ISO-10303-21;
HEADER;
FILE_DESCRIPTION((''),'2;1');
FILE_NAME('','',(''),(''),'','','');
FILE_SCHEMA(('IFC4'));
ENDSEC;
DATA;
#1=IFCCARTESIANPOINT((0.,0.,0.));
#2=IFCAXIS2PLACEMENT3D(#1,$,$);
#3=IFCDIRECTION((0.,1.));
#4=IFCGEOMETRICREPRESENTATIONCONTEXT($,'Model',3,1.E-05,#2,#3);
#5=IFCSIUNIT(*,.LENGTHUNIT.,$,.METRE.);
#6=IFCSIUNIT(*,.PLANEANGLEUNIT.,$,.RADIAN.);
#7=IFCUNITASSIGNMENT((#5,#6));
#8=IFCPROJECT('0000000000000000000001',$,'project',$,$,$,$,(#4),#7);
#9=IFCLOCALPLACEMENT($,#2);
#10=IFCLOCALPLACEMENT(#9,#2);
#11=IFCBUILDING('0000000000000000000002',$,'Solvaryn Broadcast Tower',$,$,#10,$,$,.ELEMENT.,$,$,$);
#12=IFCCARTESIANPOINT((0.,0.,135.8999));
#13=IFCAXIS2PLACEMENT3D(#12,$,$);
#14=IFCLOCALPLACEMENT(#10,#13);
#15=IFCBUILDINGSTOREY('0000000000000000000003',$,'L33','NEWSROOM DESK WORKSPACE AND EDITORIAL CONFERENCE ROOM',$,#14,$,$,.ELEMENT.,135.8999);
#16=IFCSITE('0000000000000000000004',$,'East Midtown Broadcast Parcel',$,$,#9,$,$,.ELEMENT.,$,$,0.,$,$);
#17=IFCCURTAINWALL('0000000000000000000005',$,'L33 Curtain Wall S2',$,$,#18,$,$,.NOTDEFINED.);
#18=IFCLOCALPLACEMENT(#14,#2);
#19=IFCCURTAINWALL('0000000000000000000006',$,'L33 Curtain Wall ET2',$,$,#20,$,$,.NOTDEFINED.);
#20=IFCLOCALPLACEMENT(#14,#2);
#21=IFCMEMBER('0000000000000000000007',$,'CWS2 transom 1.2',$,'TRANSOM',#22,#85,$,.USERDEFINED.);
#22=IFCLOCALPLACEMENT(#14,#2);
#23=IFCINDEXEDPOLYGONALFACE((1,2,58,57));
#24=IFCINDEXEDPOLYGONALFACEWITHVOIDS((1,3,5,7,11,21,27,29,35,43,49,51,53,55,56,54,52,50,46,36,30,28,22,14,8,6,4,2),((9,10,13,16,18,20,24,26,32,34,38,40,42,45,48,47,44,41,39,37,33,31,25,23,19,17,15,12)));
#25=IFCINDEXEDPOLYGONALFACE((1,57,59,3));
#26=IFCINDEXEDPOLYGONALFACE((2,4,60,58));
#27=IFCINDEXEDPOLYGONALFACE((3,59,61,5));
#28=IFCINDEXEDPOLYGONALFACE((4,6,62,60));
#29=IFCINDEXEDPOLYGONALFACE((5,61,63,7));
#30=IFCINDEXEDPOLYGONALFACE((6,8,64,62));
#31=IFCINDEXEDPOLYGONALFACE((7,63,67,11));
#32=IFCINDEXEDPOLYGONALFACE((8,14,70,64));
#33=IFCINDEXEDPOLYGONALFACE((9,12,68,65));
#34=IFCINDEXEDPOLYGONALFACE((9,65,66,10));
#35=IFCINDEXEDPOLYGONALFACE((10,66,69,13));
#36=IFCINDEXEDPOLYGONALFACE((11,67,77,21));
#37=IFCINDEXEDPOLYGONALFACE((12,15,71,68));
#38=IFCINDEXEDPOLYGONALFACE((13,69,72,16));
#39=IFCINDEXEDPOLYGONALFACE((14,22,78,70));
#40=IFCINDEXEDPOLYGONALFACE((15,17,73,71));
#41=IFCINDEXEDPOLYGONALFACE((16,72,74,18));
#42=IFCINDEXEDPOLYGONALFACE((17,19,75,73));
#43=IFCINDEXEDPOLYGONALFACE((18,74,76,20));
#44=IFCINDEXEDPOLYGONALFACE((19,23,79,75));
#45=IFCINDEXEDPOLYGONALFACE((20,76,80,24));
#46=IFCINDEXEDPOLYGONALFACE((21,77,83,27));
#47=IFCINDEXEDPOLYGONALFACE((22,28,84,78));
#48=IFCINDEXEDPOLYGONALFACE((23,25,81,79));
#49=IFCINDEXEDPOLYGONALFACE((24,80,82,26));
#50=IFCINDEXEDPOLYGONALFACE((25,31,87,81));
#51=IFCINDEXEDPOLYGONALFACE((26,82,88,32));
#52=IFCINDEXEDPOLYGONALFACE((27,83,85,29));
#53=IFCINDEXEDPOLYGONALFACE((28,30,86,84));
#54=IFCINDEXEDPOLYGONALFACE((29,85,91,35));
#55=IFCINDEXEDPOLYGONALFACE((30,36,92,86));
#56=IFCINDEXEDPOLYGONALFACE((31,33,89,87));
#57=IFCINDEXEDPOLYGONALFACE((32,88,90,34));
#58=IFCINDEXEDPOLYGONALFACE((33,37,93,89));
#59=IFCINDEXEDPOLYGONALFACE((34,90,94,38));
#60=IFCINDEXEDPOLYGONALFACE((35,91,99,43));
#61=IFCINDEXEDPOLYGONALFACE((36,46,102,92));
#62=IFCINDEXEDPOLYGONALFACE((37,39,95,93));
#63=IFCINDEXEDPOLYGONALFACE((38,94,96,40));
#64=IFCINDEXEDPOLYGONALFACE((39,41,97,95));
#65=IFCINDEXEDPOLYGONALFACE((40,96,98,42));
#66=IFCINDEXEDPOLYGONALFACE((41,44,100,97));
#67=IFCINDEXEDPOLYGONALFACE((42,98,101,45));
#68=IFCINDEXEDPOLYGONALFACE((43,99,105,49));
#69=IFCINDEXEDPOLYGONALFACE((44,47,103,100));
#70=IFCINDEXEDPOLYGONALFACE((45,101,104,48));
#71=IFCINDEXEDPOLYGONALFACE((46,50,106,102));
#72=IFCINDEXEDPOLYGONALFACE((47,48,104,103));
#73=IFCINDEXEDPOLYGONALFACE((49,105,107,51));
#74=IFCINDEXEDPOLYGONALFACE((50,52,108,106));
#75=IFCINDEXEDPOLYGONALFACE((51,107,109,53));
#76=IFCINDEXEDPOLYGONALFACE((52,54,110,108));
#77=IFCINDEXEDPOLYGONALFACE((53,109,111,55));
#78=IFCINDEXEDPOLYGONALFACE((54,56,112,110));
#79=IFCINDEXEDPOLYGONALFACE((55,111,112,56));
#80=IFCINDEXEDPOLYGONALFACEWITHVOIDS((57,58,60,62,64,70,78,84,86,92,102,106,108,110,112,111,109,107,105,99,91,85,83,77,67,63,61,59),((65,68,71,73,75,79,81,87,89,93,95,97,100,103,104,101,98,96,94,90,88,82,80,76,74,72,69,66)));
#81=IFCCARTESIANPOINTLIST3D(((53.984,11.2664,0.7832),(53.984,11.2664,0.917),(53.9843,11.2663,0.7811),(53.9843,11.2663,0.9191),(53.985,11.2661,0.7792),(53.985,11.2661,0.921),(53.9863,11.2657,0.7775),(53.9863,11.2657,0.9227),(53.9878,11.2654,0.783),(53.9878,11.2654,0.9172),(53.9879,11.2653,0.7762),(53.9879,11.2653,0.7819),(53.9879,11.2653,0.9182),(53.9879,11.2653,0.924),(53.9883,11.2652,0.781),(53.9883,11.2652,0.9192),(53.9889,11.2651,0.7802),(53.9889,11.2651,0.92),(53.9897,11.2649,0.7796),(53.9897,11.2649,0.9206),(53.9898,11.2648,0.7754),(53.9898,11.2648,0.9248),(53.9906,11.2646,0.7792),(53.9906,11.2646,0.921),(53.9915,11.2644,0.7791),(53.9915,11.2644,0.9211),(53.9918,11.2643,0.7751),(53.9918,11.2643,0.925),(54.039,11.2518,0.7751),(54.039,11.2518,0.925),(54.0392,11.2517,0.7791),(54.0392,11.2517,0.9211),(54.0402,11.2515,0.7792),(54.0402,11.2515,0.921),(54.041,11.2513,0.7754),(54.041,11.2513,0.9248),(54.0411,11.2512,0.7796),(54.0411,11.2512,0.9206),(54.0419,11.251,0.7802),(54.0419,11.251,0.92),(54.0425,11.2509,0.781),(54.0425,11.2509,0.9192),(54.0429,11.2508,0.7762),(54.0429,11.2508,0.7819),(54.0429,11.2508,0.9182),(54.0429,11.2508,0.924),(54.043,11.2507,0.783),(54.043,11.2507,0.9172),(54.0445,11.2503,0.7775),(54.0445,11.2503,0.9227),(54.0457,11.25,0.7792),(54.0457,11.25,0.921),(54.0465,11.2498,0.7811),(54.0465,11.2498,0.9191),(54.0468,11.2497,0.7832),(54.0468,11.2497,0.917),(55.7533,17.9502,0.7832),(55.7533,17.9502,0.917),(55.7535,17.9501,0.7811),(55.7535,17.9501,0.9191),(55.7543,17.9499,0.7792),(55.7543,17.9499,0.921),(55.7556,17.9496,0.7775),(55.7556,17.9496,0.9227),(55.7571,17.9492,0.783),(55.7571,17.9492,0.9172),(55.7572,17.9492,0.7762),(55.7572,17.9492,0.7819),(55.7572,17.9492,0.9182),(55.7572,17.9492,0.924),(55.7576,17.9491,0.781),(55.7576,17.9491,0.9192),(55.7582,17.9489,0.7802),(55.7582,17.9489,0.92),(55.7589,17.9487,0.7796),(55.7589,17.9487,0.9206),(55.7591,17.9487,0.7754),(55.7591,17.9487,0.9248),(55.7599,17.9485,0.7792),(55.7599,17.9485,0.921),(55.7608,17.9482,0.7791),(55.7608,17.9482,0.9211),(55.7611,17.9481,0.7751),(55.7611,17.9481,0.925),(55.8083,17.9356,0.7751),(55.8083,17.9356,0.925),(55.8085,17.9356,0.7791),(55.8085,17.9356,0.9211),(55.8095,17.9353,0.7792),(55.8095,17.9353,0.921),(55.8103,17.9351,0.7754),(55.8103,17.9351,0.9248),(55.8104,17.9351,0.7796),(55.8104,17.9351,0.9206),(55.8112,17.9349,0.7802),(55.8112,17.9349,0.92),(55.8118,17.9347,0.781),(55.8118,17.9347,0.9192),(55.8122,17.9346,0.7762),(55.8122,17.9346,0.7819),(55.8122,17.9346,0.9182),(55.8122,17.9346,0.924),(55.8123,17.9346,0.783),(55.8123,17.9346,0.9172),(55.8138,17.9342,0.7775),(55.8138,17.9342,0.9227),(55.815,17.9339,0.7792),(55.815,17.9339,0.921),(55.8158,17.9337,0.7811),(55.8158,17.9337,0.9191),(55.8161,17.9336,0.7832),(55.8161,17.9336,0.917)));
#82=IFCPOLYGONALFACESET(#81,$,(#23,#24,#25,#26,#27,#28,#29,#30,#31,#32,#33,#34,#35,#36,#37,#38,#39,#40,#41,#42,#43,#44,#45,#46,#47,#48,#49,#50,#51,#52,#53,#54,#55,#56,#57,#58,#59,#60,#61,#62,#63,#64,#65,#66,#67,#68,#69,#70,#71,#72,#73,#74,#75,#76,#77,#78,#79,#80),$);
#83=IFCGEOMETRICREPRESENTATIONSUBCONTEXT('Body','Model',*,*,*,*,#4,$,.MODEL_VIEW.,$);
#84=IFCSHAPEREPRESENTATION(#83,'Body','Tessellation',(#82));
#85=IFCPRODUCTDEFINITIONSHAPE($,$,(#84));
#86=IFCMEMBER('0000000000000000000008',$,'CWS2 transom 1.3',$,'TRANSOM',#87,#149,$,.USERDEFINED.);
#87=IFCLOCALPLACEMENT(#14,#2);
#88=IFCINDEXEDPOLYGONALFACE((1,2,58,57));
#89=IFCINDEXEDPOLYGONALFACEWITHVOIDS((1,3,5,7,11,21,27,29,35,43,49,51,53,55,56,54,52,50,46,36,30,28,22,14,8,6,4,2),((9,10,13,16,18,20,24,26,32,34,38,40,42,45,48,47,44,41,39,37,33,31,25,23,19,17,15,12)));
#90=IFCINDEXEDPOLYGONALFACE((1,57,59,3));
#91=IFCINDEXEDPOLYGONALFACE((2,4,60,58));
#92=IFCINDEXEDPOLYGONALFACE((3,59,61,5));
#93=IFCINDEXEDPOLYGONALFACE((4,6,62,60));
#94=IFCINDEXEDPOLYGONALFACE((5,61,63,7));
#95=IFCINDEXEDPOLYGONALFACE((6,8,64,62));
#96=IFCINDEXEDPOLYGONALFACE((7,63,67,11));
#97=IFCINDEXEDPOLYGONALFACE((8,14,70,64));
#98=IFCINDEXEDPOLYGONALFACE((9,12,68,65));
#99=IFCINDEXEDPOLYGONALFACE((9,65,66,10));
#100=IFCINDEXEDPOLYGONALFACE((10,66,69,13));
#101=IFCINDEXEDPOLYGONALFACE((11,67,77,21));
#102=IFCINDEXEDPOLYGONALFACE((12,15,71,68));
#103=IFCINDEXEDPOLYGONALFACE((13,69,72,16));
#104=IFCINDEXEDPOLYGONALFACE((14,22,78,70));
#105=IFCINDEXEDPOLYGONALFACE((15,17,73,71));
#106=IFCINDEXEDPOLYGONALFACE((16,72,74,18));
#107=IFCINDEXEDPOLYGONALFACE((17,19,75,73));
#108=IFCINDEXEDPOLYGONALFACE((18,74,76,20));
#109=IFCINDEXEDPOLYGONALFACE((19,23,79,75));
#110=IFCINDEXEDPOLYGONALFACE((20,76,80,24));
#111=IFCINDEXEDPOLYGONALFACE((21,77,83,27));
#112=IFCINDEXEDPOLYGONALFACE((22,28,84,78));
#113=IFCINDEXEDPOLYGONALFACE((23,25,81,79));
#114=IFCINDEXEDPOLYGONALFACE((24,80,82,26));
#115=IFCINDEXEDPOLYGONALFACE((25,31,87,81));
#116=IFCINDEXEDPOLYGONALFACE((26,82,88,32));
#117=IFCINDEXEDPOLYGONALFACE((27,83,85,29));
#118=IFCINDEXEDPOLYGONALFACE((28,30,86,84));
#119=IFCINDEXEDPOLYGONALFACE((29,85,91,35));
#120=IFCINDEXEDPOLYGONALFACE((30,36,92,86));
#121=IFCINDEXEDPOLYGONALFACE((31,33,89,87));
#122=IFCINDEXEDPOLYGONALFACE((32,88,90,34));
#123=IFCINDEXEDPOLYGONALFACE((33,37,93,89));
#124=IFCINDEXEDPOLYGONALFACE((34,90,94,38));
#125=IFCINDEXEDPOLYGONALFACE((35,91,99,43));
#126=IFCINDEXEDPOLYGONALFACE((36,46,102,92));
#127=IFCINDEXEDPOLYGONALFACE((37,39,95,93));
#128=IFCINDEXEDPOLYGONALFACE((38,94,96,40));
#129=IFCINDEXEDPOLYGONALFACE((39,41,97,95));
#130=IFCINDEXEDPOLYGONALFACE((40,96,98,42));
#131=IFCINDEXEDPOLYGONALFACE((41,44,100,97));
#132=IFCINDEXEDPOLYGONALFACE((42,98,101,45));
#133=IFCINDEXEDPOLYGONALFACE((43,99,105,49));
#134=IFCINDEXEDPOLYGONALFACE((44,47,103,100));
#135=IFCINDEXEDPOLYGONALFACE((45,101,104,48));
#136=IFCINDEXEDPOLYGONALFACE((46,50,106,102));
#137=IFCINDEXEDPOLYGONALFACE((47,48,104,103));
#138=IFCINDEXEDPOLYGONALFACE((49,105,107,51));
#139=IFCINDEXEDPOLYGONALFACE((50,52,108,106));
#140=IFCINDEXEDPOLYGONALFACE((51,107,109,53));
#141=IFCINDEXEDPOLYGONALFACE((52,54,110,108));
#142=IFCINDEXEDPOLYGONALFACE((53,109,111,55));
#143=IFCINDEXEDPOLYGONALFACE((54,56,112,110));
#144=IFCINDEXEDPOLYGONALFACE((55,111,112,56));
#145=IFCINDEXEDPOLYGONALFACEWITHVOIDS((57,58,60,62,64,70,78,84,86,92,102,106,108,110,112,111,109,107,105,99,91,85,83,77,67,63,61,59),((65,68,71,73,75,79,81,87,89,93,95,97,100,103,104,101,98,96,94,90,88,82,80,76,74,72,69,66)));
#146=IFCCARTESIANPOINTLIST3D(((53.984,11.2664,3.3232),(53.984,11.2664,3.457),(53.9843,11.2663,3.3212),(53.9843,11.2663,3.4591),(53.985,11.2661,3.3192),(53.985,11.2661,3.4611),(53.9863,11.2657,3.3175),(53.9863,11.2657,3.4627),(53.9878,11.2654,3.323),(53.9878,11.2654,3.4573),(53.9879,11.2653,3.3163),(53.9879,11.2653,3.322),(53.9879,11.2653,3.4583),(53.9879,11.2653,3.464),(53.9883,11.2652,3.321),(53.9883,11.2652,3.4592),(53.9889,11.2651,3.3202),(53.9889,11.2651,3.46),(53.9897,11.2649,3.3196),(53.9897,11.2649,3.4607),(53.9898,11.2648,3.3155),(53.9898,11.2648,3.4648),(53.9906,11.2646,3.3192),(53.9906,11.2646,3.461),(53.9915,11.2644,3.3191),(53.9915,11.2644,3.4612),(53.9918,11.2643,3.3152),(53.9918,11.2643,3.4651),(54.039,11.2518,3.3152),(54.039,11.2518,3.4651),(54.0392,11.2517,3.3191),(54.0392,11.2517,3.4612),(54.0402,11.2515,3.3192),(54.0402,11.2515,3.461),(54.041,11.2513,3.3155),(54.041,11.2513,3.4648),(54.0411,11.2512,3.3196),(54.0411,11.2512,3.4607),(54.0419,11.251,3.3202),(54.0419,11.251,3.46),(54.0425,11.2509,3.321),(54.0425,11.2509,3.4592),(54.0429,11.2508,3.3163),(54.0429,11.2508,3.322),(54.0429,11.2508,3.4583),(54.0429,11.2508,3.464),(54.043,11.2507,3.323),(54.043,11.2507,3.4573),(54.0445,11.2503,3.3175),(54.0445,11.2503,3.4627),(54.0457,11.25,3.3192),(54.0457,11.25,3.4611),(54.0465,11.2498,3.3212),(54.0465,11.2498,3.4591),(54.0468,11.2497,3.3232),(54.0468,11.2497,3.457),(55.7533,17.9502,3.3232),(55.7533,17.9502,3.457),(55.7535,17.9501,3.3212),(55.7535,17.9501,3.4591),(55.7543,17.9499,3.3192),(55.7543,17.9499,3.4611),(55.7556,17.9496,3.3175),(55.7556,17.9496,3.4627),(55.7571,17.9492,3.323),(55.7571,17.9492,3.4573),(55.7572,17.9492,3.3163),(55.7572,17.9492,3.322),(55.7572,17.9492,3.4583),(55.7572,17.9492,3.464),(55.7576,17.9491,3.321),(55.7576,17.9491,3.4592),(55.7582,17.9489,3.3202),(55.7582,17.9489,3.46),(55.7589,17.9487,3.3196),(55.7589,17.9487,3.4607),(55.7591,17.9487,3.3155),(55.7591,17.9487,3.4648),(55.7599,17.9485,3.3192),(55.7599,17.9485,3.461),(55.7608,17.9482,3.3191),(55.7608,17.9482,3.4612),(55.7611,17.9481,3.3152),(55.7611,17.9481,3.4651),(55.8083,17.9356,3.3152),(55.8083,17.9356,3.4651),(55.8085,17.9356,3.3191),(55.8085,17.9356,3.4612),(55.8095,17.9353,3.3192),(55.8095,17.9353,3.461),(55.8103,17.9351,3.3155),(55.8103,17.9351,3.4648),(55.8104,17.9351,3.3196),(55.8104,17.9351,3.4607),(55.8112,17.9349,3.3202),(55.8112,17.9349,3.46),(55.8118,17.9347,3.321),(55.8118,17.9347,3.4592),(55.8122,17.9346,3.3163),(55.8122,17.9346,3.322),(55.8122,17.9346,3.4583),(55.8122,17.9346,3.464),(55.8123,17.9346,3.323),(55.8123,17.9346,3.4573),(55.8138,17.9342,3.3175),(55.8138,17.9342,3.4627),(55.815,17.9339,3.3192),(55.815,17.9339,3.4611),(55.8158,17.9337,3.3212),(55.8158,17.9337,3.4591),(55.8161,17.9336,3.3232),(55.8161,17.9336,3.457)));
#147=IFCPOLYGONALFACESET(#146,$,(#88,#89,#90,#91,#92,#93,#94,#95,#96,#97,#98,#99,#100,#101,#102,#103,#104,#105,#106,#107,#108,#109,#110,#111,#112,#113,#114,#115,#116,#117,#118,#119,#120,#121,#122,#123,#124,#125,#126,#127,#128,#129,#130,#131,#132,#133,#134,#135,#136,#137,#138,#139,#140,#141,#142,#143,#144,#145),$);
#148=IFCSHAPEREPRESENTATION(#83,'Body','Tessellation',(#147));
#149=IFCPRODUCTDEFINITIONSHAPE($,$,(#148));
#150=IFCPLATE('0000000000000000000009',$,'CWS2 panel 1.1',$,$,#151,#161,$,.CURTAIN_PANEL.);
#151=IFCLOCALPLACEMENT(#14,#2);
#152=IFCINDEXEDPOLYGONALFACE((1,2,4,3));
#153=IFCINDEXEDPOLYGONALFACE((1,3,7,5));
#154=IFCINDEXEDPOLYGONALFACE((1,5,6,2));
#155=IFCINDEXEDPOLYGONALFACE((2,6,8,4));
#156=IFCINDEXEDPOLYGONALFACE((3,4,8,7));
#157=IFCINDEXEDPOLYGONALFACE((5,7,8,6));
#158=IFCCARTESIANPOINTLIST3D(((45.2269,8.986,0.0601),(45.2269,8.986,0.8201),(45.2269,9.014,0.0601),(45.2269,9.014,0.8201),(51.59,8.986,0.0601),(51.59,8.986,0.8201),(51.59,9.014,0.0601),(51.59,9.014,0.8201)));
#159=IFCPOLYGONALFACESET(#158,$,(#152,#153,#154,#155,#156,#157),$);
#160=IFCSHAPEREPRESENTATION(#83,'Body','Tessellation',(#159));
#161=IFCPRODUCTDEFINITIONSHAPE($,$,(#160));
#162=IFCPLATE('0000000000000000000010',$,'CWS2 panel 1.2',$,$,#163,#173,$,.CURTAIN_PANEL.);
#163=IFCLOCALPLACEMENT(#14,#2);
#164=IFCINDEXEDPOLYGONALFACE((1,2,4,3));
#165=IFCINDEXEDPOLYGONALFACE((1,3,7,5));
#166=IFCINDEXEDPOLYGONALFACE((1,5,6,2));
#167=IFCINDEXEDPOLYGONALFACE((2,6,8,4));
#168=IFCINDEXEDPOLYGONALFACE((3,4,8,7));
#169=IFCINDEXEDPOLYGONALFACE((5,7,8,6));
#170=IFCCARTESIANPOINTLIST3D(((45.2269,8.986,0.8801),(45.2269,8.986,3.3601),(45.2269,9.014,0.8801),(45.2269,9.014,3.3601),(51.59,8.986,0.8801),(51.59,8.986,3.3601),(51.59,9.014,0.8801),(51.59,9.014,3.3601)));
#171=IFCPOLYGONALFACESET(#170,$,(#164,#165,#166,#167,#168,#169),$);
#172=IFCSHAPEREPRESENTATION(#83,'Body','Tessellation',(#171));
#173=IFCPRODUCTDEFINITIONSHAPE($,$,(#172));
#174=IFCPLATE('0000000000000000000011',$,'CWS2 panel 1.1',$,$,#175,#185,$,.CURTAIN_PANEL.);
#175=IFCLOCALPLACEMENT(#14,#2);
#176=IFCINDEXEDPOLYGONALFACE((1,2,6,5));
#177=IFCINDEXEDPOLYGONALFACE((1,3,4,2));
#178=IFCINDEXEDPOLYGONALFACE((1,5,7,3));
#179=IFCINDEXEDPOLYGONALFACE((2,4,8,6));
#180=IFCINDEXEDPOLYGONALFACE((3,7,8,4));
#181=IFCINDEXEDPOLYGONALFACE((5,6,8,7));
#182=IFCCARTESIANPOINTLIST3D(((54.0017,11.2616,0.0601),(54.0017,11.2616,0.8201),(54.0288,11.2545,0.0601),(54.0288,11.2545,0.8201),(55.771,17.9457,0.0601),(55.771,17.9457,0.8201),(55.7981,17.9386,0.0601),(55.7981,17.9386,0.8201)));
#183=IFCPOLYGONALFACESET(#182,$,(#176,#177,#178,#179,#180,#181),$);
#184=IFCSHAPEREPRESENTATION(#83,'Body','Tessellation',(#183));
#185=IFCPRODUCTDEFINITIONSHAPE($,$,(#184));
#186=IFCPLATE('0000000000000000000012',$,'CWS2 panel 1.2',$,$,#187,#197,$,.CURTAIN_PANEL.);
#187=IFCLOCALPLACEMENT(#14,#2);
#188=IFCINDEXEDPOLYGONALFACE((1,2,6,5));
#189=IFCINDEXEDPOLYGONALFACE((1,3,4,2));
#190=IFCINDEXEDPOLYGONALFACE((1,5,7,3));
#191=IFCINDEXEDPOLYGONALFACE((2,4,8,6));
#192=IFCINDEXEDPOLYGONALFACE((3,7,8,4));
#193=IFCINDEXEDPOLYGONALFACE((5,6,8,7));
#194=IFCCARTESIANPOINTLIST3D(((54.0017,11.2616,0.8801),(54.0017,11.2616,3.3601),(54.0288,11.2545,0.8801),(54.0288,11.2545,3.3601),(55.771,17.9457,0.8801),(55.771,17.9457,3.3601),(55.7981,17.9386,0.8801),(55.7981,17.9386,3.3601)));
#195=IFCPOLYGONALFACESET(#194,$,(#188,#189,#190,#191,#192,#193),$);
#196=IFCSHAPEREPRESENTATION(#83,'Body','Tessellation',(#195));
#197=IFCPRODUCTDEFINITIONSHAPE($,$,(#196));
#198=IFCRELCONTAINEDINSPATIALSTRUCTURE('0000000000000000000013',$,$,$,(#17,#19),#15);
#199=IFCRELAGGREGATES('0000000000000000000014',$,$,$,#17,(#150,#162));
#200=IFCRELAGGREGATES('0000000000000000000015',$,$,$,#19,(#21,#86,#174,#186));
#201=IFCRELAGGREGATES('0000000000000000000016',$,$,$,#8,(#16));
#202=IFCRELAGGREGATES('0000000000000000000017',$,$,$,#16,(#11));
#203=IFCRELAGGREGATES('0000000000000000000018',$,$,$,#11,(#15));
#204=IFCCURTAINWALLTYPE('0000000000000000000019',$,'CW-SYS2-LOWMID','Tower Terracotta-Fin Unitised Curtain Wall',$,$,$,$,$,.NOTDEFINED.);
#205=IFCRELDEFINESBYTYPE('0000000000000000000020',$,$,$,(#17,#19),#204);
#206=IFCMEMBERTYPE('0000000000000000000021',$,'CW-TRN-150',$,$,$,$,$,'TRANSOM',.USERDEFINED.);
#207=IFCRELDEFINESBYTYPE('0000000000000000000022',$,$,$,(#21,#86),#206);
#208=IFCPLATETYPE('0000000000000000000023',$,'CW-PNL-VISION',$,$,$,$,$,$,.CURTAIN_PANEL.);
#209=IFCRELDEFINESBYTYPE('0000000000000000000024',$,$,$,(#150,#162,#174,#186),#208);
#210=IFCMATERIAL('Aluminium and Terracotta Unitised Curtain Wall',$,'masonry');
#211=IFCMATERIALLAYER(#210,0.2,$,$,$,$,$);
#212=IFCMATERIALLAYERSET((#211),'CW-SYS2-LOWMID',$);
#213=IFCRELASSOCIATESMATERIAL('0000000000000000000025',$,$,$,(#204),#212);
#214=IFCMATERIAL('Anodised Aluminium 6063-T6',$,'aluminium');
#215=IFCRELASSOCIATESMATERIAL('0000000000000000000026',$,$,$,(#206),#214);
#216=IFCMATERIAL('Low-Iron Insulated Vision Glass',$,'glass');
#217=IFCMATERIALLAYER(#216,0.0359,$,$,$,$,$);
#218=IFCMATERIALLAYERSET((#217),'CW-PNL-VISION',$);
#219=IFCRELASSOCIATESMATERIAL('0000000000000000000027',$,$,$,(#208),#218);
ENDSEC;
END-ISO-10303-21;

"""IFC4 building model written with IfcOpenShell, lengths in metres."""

from ifc_helpers import new_model, si_unit, direction, frame, origin, origin_2d, place, context, subcontext, project, spatial, rectangle, hollow_rectangle, extrude, material, layer, layer_set, material_profile, profile_set, type_object, element, aggregate, save


model = new_model("IFC4")

# Units and contexts
model_context = context("Model", 3, precision=1e-05, world=origin(), true_north=direction((0.0, 1.0)))
body_context = subcontext(model_context, "Body", "Model", "MODEL_VIEW")
ifc_project = project(units=[si_unit("LENGTHUNIT", "METRE"), si_unit("PLANEANGLEUNIT", "RADIAN")], contexts=[model_context])

# Site, building, storey
site_placement = place(None, origin())
site = spatial("IfcSite", under=ifc_project, at=site_placement, Name="East Midtown Broadcast Parcel", CompositionType="ELEMENT", RefElevation=0.0)
building_placement = place(site_placement, origin())
building = spatial("IfcBuilding", under=site, at=building_placement, Name="Solvaryn Broadcast Tower", CompositionType="ELEMENT")
storey_placement = place(building_placement, frame((0.0, 0.0, 135.8999)))
storey = spatial("IfcBuildingStorey", under=building, at=storey_placement, Name="L33", Description="NEWSROOM DESK WORKSPACE AND EDITORIAL CONFERENCE ROOM", CompositionType="ELEMENT", Elevation=135.8999)

# Curtain wall
ifc_material_1 = material(Name="Aluminium and Terracotta Unitised Curtain Wall", Category="masonry")
ifc_layer_1 = layer(ifc_material_1, 0.2)
ifc_layer_set_1 = layer_set([ifc_layer_1], Name="CW-SYS2-LOWMID")
curtain_wall_type = type_object("IfcCurtainWallType", Name="CW-SYS2-LOWMID", Description="Tower Terracotta-Fin Unitised Curtain Wall", PredefinedType="NOTDEFINED", material=ifc_layer_set_1)
curtain_wall_1_placement = place(storey_placement, origin())
curtain_wall_1 = element("IfcCurtainWall", 1, at=curtain_wall_1_placement, inside=storey, type_object=curtain_wall_type, Name="L33 Curtain Wall S2", PredefinedType="NOTDEFINED")

# Curtain wall
curtain_wall_2_placement = place(storey_placement, origin())
curtain_wall_2 = element("IfcCurtainWall", 2, at=curtain_wall_2_placement, inside=storey, type_object=curtain_wall_type, Name="L33 Curtain Wall ET2", PredefinedType="NOTDEFINED")

# Members
ifc_material_2 = material(Name="Anodised Aluminium 6063-T6", Category="aluminium")
ifc_material_profile_1 = material_profile(ifc_material_2, hollow_rectangle(XDim=0.0649, YDim=0.1499, WallThickness=0.0039, InnerFilletRadius=0.0039, OuterFilletRadius=0.0081, at=origin_2d()))
ifc_profile_set_1 = profile_set([ifc_material_profile_1], Name="Anodised Aluminium 6063-T6")
member_type_1 = type_object("IfcMemberType", Name="CW-TRN-150", ElementType="TRANSOM", PredefinedType="USERDEFINED", material=ifc_profile_set_1)
member_1_placement = place(storey_placement, frame((55.7847, 17.9419, 0.8501), z_axis=(-0.255897, -0.966704, 0.0), x_axis=(0.966704, -0.255897, 0.0)))
member_1 = element("IfcMember", 3, at=member_1_placement, type_object=member_type_1, Name="CWS2 transom 1.2", ObjectType="TRANSOM", PredefinedType="USERDEFINED", context=body_context, shape_type="SweptSolid", body=[
    extrude(hollow_rectangle(XDim=0.0649, YDim=0.1499, WallThickness=0.0039, InnerFilletRadius=0.0039, OuterFilletRadius=0.0081, at=origin_2d()), origin(), (0.0, 0.0, 1.0), 6.9141),
])
member_2_placement = place(storey_placement, frame((55.7847, 17.9419, 3.3901), z_axis=(-0.255897, -0.966704, 0.0), x_axis=(0.966704, -0.255897, 0.0)))
member_2 = element("IfcMember", 4, at=member_2_placement, type_object=member_type_1, Name="CWS2 transom 1.3", ObjectType="TRANSOM", PredefinedType="USERDEFINED", context=body_context, shape_type="SweptSolid", body=[
    extrude(hollow_rectangle(XDim=0.0649, YDim=0.1499, WallThickness=0.0039, InnerFilletRadius=0.0039, OuterFilletRadius=0.0081, at=origin_2d()), origin(), (0.0, 0.0, 1.0), 6.9141),
])

# Plates
ifc_material_3 = material(Name="Low-Iron Insulated Vision Glass", Category="glass")
ifc_layer_2 = layer(ifc_material_3, 0.0359)
ifc_layer_set_2 = layer_set([ifc_layer_2], Name="CW-PNL-VISION")
plate_type = type_object("IfcPlateType", Name="CW-PNL-VISION", PredefinedType="CURTAIN_PANEL", material=ifc_layer_set_2)
plate_1_placement = place(storey_placement, frame((48.4084, 9.0, 0.0601), z_axis=(0.0, 0.0, 1.0), x_axis=(1.0, 0.0, 0.0)))
plate_1 = element("IfcPlate", 5, at=plate_1_placement, type_object=plate_type, Name="CWS2 panel 1.1", PredefinedType="CURTAIN_PANEL", context=body_context, shape_type="SweptSolid", body=[
    extrude(rectangle(XDim=6.363, YDim=0.0281, at=origin_2d()), origin(), (0.0, 0.0, 1.0), 0.76),
])
plate_2_placement = place(storey_placement, frame((48.4084, 9.0, 0.8801), z_axis=(0.0, 0.0, 1.0), x_axis=(1.0, 0.0, 0.0)))
plate_2 = element("IfcPlate", 6, at=plate_2_placement, type_object=plate_type, Name="CWS2 panel 1.2", PredefinedType="CURTAIN_PANEL", context=body_context, shape_type="SweptSolid", body=[
    extrude(rectangle(XDim=6.363, YDim=0.0281, at=origin_2d()), origin(), (0.0, 0.0, 1.0), 2.48),
])
aggregate(curtain_wall_1, [plate_1, plate_2])
plate_3_placement = place(storey_placement, frame((54.8999, 14.6001, 0.0601), z_axis=(0.0, 0.0, 1.0), x_axis=(-0.255893, -0.966705, 0.0)))
plate_3 = element("IfcPlate", 7, at=plate_3_placement, type_object=plate_type, Name="CWS2 panel 1.1", PredefinedType="CURTAIN_PANEL", context=body_context, shape_type="SweptSolid", body=[
    extrude(rectangle(XDim=6.9143, YDim=0.0281, at=origin_2d()), origin(), (0.0, 0.0, 1.0), 0.76),
])
plate_4_placement = place(storey_placement, frame((54.8999, 14.6001, 0.8801), z_axis=(0.0, 0.0, 1.0), x_axis=(-0.255893, -0.966705, 0.0)))
plate_4 = element("IfcPlate", 8, at=plate_4_placement, type_object=plate_type, Name="CWS2 panel 1.2", PredefinedType="CURTAIN_PANEL", context=body_context, shape_type="SweptSolid", body=[
    extrude(rectangle(XDim=6.9143, YDim=0.0281, at=origin_2d()), origin(), (0.0, 0.0, 1.0), 2.48),
])
aggregate(curtain_wall_2, [member_1, member_2, plate_3, plate_4])

save(model, "model.ifc")
